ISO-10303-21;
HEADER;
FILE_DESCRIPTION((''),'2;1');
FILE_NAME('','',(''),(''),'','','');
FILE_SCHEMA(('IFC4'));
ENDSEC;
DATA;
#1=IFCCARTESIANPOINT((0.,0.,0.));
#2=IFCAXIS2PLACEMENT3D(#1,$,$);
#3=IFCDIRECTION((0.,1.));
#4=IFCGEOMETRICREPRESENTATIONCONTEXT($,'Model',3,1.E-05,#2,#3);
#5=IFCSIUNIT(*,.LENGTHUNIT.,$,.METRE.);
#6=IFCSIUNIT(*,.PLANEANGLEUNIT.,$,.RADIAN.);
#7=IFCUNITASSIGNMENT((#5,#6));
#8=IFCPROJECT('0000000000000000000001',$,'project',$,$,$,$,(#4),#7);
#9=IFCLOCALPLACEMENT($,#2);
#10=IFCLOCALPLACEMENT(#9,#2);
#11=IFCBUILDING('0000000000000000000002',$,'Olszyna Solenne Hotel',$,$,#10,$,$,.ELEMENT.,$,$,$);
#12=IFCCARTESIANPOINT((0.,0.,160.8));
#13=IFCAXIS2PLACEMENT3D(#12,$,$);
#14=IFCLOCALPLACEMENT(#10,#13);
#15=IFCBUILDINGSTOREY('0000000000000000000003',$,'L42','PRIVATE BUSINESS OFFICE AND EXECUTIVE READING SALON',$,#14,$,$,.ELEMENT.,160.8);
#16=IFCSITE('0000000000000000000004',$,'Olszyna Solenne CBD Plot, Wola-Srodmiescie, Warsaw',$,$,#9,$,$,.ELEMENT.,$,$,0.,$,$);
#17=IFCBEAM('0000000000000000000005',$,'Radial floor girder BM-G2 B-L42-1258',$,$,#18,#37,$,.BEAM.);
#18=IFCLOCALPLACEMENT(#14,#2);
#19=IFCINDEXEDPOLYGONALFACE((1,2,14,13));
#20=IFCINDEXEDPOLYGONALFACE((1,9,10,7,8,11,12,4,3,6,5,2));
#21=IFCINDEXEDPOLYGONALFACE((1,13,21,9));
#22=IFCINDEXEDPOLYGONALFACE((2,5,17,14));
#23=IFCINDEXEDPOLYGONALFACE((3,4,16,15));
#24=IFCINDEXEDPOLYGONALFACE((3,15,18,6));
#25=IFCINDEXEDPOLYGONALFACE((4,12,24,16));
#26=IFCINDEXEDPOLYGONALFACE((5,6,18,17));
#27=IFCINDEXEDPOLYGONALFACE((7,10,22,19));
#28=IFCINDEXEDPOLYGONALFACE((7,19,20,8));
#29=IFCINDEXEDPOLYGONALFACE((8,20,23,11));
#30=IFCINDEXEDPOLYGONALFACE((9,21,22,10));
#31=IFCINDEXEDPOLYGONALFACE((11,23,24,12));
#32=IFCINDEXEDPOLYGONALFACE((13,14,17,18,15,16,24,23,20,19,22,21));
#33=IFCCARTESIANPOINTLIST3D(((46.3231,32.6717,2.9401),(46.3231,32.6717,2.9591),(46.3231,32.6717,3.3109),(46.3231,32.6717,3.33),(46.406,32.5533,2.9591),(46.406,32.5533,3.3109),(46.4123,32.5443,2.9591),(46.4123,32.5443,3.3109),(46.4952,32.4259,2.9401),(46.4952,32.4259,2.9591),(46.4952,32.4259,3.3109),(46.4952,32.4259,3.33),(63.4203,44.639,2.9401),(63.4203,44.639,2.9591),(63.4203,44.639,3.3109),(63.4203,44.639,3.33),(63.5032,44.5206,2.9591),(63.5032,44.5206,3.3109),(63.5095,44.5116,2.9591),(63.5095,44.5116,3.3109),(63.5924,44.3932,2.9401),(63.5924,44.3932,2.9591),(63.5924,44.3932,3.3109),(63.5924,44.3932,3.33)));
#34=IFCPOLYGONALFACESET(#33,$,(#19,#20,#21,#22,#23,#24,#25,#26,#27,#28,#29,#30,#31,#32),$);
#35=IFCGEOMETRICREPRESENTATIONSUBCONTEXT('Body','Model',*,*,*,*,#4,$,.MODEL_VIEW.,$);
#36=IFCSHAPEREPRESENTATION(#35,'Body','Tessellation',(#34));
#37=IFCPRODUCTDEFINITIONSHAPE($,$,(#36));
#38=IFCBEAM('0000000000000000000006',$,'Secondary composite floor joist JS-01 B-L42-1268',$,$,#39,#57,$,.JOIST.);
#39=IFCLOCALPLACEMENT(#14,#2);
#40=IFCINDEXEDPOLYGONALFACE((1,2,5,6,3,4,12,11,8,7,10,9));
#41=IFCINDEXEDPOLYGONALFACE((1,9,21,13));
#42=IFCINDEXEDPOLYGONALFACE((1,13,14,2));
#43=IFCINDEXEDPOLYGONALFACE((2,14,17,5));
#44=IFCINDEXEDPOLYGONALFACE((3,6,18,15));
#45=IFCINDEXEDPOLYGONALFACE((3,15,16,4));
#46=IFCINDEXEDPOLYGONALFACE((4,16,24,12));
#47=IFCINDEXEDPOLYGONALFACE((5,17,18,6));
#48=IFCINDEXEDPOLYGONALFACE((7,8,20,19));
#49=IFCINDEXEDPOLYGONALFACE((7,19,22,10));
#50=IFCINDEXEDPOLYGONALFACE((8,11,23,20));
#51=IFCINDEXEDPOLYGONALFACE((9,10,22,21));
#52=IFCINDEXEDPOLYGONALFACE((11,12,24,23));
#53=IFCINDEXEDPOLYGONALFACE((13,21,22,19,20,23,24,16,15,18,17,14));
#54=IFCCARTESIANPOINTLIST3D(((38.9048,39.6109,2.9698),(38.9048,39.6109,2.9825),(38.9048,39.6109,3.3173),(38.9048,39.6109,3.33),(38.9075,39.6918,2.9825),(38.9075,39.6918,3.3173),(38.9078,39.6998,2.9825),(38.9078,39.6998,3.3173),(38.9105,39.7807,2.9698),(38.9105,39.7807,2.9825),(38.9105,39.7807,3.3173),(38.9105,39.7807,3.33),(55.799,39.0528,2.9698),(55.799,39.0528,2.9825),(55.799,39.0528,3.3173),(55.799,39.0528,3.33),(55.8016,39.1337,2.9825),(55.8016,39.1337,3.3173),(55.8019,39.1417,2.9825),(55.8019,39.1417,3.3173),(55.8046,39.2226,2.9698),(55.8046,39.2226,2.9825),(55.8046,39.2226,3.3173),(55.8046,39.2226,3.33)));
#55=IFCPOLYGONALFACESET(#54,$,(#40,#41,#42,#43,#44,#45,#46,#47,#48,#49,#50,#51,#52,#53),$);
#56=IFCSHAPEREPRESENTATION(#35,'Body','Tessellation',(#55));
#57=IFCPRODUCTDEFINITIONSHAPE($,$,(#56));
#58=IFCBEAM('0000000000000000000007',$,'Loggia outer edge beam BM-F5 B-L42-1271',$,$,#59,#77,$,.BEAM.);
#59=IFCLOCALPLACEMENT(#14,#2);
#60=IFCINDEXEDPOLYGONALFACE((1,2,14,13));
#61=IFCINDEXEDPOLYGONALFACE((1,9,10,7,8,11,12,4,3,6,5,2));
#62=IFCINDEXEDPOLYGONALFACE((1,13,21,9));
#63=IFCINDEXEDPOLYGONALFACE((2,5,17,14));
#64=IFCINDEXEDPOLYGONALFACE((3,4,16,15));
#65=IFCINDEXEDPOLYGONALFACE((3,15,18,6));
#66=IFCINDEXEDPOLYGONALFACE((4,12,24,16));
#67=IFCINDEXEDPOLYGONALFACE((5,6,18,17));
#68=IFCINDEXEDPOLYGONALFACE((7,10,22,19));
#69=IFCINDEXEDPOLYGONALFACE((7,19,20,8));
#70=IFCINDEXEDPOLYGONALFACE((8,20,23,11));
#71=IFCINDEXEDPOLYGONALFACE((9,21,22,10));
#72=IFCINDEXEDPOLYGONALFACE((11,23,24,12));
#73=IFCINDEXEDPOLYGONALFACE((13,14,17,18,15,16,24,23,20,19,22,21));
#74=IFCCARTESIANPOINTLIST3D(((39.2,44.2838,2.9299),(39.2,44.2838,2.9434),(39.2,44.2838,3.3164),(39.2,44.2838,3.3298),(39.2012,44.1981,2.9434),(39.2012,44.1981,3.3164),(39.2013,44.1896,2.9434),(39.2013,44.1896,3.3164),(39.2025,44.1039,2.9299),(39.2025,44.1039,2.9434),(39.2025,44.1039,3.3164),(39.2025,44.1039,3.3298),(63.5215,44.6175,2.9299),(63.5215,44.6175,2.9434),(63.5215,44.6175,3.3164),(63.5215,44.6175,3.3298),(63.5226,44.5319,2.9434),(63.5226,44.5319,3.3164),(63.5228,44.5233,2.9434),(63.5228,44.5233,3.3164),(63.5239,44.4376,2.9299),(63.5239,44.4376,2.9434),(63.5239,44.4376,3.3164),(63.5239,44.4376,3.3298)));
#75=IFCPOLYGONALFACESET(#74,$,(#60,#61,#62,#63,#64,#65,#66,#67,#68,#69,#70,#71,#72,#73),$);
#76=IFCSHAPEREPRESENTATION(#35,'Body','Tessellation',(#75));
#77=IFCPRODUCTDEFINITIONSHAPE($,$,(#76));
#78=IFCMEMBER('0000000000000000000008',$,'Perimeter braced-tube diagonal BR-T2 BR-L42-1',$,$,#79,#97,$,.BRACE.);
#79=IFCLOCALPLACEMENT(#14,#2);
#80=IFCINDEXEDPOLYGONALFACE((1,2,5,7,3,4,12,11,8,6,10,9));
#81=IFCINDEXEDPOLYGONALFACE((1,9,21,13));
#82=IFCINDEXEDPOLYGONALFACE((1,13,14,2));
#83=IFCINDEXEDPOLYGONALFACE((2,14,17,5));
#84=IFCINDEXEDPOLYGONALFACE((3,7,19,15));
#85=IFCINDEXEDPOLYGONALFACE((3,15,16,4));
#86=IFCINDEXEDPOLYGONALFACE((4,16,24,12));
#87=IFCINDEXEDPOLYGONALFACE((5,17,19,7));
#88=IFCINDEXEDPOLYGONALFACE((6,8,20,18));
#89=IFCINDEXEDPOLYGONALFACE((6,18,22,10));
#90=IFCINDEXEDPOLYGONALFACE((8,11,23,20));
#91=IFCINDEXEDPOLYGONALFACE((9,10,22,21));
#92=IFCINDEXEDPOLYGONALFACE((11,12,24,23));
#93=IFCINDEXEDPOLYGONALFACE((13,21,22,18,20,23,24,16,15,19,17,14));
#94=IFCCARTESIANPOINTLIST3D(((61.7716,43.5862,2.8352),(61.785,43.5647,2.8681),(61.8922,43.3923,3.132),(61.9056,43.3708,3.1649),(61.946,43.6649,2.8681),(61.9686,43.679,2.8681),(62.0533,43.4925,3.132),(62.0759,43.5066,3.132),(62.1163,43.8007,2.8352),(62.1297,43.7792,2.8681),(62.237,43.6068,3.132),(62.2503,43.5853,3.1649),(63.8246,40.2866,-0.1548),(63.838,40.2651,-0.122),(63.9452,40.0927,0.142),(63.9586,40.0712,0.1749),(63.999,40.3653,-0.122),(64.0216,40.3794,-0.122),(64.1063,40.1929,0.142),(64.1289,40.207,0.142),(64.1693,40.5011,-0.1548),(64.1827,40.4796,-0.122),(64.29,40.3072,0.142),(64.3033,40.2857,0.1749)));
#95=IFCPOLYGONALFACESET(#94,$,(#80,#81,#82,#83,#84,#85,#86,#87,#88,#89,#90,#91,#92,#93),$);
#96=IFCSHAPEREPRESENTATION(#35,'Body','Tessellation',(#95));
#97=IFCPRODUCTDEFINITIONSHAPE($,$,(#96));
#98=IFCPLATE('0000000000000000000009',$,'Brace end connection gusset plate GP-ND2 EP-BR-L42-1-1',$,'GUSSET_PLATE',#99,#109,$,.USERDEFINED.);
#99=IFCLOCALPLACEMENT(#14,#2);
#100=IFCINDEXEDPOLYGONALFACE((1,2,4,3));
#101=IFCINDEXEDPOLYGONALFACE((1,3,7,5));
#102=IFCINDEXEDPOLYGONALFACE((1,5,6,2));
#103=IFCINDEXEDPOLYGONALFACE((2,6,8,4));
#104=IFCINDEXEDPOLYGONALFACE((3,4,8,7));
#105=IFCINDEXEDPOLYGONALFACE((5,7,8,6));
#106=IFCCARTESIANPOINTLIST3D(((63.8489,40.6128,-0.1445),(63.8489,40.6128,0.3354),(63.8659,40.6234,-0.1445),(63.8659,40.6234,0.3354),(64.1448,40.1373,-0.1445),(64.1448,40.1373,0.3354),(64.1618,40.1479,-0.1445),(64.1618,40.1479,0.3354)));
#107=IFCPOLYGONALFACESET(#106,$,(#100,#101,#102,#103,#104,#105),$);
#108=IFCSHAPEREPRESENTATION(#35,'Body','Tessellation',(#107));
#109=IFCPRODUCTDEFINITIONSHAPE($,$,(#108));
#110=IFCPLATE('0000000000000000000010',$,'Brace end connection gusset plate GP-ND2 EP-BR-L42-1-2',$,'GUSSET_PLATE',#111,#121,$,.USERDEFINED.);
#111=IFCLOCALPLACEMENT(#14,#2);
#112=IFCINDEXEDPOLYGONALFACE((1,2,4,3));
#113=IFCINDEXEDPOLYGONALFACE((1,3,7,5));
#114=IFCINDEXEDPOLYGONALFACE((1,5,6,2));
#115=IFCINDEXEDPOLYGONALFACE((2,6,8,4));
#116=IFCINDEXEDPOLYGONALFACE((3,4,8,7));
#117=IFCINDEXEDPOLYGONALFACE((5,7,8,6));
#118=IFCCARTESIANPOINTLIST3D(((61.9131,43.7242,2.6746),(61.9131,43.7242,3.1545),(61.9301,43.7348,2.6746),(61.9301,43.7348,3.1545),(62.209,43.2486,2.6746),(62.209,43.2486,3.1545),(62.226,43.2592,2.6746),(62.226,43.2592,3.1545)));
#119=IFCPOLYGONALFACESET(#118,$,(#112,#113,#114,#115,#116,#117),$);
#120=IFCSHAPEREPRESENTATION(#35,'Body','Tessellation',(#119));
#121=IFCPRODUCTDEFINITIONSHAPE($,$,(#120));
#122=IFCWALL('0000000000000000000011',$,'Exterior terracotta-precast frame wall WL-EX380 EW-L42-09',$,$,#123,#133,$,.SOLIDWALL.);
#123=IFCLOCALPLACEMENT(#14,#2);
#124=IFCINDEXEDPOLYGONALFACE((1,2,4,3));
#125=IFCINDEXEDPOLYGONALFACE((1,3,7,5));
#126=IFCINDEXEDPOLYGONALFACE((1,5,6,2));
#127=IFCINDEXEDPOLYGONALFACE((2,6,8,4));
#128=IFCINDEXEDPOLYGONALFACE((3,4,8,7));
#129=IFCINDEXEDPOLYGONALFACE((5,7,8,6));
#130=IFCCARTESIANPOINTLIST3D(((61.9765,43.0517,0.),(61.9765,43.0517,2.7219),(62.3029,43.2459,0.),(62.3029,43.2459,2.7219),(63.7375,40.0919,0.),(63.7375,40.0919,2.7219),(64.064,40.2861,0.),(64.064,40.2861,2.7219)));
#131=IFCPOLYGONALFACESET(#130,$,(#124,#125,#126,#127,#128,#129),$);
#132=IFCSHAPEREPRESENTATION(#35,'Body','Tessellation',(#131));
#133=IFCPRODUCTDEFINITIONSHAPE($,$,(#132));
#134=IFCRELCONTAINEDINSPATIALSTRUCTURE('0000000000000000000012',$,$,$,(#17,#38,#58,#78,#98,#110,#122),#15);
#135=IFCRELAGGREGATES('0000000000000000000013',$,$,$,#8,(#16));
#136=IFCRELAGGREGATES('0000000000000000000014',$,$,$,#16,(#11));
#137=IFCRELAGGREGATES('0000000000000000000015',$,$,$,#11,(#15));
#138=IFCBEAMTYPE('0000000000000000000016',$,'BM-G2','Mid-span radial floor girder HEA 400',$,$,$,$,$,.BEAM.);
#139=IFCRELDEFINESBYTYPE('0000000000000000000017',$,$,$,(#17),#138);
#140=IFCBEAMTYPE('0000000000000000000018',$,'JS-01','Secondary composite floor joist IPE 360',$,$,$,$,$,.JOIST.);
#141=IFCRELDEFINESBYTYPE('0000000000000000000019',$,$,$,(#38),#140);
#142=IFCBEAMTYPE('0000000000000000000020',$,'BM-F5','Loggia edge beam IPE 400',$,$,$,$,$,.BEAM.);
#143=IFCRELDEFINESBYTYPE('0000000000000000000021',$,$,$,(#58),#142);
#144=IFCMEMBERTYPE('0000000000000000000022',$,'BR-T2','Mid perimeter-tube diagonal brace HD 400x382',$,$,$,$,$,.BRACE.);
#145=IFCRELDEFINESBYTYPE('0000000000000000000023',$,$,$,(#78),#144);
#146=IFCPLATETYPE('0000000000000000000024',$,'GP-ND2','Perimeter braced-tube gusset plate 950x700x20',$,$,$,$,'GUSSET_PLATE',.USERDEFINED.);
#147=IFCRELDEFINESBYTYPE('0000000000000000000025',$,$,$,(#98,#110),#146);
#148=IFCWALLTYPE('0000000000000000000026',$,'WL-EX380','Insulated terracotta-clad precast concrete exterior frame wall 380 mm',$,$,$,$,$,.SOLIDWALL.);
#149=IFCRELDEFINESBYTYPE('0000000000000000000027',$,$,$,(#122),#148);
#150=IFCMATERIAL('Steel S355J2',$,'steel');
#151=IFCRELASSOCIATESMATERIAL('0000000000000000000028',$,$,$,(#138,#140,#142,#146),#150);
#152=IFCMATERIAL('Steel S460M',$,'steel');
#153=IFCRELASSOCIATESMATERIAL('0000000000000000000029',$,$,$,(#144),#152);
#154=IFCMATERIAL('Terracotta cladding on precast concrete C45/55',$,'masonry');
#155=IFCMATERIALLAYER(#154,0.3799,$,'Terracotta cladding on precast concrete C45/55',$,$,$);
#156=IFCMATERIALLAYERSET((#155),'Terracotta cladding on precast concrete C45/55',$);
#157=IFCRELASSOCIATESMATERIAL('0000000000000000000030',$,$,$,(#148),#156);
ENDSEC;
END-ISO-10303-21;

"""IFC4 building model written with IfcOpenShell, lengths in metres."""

from ifc_helpers import new_model, si_unit, direction, frame, frame_2d, origin, origin_2d, place, context, subcontext, project, spatial, rectangle, i_section, extrude, source, transform, mapped, material, layer, layer_set, material_profile, profile_set, type_object, element, save


model = new_model("IFC4")

# Units and contexts
model_context = context("Model", 3, precision=1e-05, world=origin(), true_north=direction((0.0, 1.0)))
body_context = subcontext(model_context, "Body", "Model", "MODEL_VIEW")
ifc_project = project(units=[si_unit("LENGTHUNIT", "METRE"), si_unit("PLANEANGLEUNIT", "RADIAN")], contexts=[model_context])

# Site, building, storey
site_placement = place(None, origin())
site = spatial("IfcSite", under=ifc_project, at=site_placement, Name="Olszyna Solenne CBD Plot, Wola-Srodmiescie, Warsaw", CompositionType="ELEMENT", RefElevation=0.0)
building_placement = place(site_placement, origin())
building = spatial("IfcBuilding", under=site, at=building_placement, Name="Olszyna Solenne Hotel", CompositionType="ELEMENT")
storey_placement = place(building_placement, frame((0.0, 0.0, 160.8)))
storey = spatial("IfcBuildingStorey", under=building, at=storey_placement, Name="L42", Description="PRIVATE BUSINESS OFFICE AND EXECUTIVE READING SALON", CompositionType="ELEMENT", Elevation=160.8)

# Shared definitions
ifc_material_1 = material(Name="Steel S460M", Category="steel")

# Beams
ifc_material_2 = material(Name="Steel S355J2", Category="steel")
ifc_material_profile_1 = material_profile(ifc_material_2, i_section(OverallWidth=0.3, OverallDepth=0.3899, WebThickness=0.011, FlangeThickness=0.019, at=origin_2d()), Name="HEA 400", Category="load-bearing")
ifc_profile_set_1 = profile_set([ifc_material_profile_1], Name="Steel S355J2")
beam_type_1 = type_object("IfcBeamType", Name="BM-G2", Description="Mid-span radial floor girder HEA 400", PredefinedType="BEAM", material=ifc_profile_set_1)
shared_shape_1 = source(origin(), body_context, "Body", "SweptSolid", [
    extrude(i_section(OverallWidth=0.3, OverallDepth=0.3899, WebThickness=0.011, FlangeThickness=0.019, at=origin_2d()), origin(), (0.0, 0.0, 1.0), 20.8694),
])
beam_1_placement = place(storey_placement, frame((63.5063, 44.5161, 3.135), z_axis=(-0.819248, -0.573439, 0.0), x_axis=(0.573439, -0.819248, 0.0)))
element("IfcBeam", 1, at=beam_1_placement, inside=storey, type_object=beam_type_1, Name="Radial floor girder BM-G2 B-L42-1258", PredefinedType="BEAM", context=body_context, shape_type="MappedRepresentation", body=[
    mapped(shared_shape_1, transform((0.0, 0.0, 0.0), x_axis=(1.0, 0.0, 0.0), y_axis=(0.0, 1.0, 0.0), z_axis=(0.0, 0.0, 1.0), scale=1.0)),
])
ifc_material_profile_2 = material_profile(ifc_material_2, i_section(OverallWidth=0.1699, OverallDepth=0.3601, WebThickness=0.0081, FlangeThickness=0.0127, at=origin_2d()), Name="IPE 360", Category="load-bearing")
ifc_profile_set_2 = profile_set([ifc_material_profile_2], Name="Steel S355J2")
beam_type_2 = type_object("IfcBeamType", Name="JS-01", Description="Secondary composite floor joist IPE 360", PredefinedType="JOIST", material=ifc_profile_set_2)
shared_shape_2 = source(origin(), body_context, "Body", "SweptSolid", [
    extrude(i_section(OverallWidth=0.1699, OverallDepth=0.3601, WebThickness=0.0081, FlangeThickness=0.0127, at=origin_2d()), origin(), (0.0, 0.0, 1.0), 16.9033),
])
beam_2_placement = place(storey_placement, frame((55.8018, 39.1377, 3.1499), z_axis=(-0.999455, 0.033018, 0.0), x_axis=(-0.033018, -0.999455, 0.0)))
element("IfcBeam", 2, at=beam_2_placement, inside=storey, type_object=beam_type_2, Name="Secondary composite floor joist JS-01 B-L42-1268", PredefinedType="JOIST", context=body_context, shape_type="MappedRepresentation", body=[
    mapped(shared_shape_2, transform((0.0, 0.0, 0.0), x_axis=(1.0, 0.0, 0.0), y_axis=(0.0, 1.0, 0.0), z_axis=(0.0, 0.0, 1.0), scale=1.0)),
])
ifc_material_profile_3 = material_profile(ifc_material_2, i_section(OverallWidth=0.1799, OverallDepth=0.3999, WebThickness=0.0085, FlangeThickness=0.0134, at=origin_2d()), Name="IPE 400", Category="load-bearing")
ifc_profile_set_3 = profile_set([ifc_material_profile_3], Name="Steel S355J2")
beam_type_3 = type_object("IfcBeamType", Name="BM-F5", Description="Loggia edge beam IPE 400", PredefinedType="BEAM", material=ifc_profile_set_3)
shared_shape_3 = source(origin(), body_context, "Body", "SweptSolid", [
    extrude(i_section(OverallWidth=0.1799, OverallDepth=0.3999, WebThickness=0.0085, FlangeThickness=0.0134, at=origin_2d()), origin(), (0.0, 0.0, 1.0), 24.3237),
])
beam_3_placement = place(storey_placement, frame((63.5227, 44.5276, 3.1299), z_axis=(-0.999906, -0.013721, 0.0), x_axis=(0.013721, -0.999906, 0.0)))
element("IfcBeam", 3, at=beam_3_placement, inside=storey, type_object=beam_type_3, Name="Loggia outer edge beam BM-F5 B-L42-1271", PredefinedType="BEAM", context=body_context, shape_type="MappedRepresentation", body=[
    mapped(shared_shape_3, transform((0.0, 0.0, 0.0), x_axis=(1.0, 0.0, 0.0), y_axis=(0.0, 1.0, 0.0), z_axis=(0.0, 0.0, 1.0), scale=1.0)),
])

# Member
ifc_material_profile_4 = material_profile(ifc_material_1, i_section(OverallWidth=0.406, OverallDepth=0.416, WebThickness=0.0266, FlangeThickness=0.0415, at=origin_2d()), Name="HD 400x382", Category="load-bearing")
ifc_profile_set_4 = profile_set([ifc_material_profile_4], Name="Steel S460M")
member_type = type_object("IfcMemberType", Name="BR-T2", Description="Mid perimeter-tube diagonal brace HD 400x382", PredefinedType="BRACE", material=ifc_profile_set_4)
shared_shape_4 = source(origin(), body_context, "Body", "SweptSolid", [
    extrude(i_section(OverallWidth=0.406, OverallDepth=0.416, WebThickness=0.0266, FlangeThickness=0.0415, at=origin_2d()), origin(), (0.0, 0.0, 1.0), 4.9033),
])
member_placement = place(storey_placement, frame((64.064, 40.2861, 0.01), z_axis=(-0.418697, 0.672933, 0.609798), x_axis=(-0.849066, -0.528287, 0.0)))
element("IfcMember", 4, at=member_placement, inside=storey, type_object=member_type, Name="Perimeter braced-tube diagonal BR-T2 BR-L42-1", PredefinedType="BRACE", context=body_context, shape_type="MappedRepresentation", body=[
    mapped(shared_shape_4, transform((0.0, 0.0, 0.0), x_axis=(1.0, 0.0, 0.0), y_axis=(0.0, 1.0, 0.0), z_axis=(0.0, 0.0, 1.0), scale=1.0)),
])

# Plates
plate_type = type_object("IfcPlateType", Name="GP-ND2", Description="Perimeter braced-tube gusset plate 950x700x20", ElementType="GUSSET_PLATE", PredefinedType="USERDEFINED", material=ifc_material_2)
shared_shape_5 = source(origin(), body_context, "Body", "SweptSolid", [
    extrude(rectangle(XDim=0.5601, YDim=0.02, at=origin_2d()), origin(), (0.0, 0.0, 1.0), 0.48),
])
for number, where, z_axis, x_axis, name in (
    (5, (64.0054, 40.3804, -0.1445), (0.0, 0.0, 1.0), (-0.52829, 0.849064, 0.0), "Brace end connection gusset plate GP-ND2 EP-BR-L42-1-1"),
    (6, (62.0696, 43.4917, 2.6746), (0.0, 0.0, 1.0), (-0.52829, 0.849064, 0.0), "Brace end connection gusset plate GP-ND2 EP-BR-L42-1-2"),
):
    element("IfcPlate", number, at=place(storey_placement, frame(where, z_axis=z_axis, x_axis=x_axis)), inside=storey, type_object=plate_type, Name=name, ObjectType="GUSSET_PLATE", PredefinedType="USERDEFINED", context=body_context, shape_type="MappedRepresentation", body=[
        mapped(shared_shape_5, transform((0.0, 0.0, 0.0), x_axis=(1.0, 0.0, 0.0), y_axis=(0.0, 1.0, 0.0), z_axis=(0.0, 0.0, 1.0), scale=1.0)),
    ])

# Wall
ifc_material_3 = material(Name="Terracotta cladding on precast concrete C45/55", Category="masonry")
ifc_layer_1 = layer(ifc_material_3, 0.3799, Name="Terracotta cladding on precast concrete C45/55")
ifc_layer_set_1 = layer_set([ifc_layer_1], Name="Terracotta cladding on precast concrete C45/55")
wall_type_1 = type_object("IfcWallType", Name="WL-EX380", Description="Insulated terracotta-clad precast concrete exterior frame wall 380 mm", PredefinedType="SOLIDWALL", material=ifc_layer_set_1)
wall_1_placement = place(storey_placement, frame((62.1396, 43.1489, 0.0), z_axis=(0.0, 0.0, 1.0), x_axis=(0.511323, -0.859389, 0.0)))
element("IfcWall", 7, at=wall_1_placement, inside=storey, type_object=wall_type_1, Name="Exterior terracotta-precast frame wall WL-EX380 EW-L42-09", PredefinedType="SOLIDWALL", context=body_context, shape_type="SweptSolid", body=[
    extrude(rectangle(XDim=3.4441, YDim=0.3799, at=frame_2d((1.7222, 0.0))), origin(), (0.0, 0.0, 1.0), 2.7219),
])

save(model, "model.ifc")
